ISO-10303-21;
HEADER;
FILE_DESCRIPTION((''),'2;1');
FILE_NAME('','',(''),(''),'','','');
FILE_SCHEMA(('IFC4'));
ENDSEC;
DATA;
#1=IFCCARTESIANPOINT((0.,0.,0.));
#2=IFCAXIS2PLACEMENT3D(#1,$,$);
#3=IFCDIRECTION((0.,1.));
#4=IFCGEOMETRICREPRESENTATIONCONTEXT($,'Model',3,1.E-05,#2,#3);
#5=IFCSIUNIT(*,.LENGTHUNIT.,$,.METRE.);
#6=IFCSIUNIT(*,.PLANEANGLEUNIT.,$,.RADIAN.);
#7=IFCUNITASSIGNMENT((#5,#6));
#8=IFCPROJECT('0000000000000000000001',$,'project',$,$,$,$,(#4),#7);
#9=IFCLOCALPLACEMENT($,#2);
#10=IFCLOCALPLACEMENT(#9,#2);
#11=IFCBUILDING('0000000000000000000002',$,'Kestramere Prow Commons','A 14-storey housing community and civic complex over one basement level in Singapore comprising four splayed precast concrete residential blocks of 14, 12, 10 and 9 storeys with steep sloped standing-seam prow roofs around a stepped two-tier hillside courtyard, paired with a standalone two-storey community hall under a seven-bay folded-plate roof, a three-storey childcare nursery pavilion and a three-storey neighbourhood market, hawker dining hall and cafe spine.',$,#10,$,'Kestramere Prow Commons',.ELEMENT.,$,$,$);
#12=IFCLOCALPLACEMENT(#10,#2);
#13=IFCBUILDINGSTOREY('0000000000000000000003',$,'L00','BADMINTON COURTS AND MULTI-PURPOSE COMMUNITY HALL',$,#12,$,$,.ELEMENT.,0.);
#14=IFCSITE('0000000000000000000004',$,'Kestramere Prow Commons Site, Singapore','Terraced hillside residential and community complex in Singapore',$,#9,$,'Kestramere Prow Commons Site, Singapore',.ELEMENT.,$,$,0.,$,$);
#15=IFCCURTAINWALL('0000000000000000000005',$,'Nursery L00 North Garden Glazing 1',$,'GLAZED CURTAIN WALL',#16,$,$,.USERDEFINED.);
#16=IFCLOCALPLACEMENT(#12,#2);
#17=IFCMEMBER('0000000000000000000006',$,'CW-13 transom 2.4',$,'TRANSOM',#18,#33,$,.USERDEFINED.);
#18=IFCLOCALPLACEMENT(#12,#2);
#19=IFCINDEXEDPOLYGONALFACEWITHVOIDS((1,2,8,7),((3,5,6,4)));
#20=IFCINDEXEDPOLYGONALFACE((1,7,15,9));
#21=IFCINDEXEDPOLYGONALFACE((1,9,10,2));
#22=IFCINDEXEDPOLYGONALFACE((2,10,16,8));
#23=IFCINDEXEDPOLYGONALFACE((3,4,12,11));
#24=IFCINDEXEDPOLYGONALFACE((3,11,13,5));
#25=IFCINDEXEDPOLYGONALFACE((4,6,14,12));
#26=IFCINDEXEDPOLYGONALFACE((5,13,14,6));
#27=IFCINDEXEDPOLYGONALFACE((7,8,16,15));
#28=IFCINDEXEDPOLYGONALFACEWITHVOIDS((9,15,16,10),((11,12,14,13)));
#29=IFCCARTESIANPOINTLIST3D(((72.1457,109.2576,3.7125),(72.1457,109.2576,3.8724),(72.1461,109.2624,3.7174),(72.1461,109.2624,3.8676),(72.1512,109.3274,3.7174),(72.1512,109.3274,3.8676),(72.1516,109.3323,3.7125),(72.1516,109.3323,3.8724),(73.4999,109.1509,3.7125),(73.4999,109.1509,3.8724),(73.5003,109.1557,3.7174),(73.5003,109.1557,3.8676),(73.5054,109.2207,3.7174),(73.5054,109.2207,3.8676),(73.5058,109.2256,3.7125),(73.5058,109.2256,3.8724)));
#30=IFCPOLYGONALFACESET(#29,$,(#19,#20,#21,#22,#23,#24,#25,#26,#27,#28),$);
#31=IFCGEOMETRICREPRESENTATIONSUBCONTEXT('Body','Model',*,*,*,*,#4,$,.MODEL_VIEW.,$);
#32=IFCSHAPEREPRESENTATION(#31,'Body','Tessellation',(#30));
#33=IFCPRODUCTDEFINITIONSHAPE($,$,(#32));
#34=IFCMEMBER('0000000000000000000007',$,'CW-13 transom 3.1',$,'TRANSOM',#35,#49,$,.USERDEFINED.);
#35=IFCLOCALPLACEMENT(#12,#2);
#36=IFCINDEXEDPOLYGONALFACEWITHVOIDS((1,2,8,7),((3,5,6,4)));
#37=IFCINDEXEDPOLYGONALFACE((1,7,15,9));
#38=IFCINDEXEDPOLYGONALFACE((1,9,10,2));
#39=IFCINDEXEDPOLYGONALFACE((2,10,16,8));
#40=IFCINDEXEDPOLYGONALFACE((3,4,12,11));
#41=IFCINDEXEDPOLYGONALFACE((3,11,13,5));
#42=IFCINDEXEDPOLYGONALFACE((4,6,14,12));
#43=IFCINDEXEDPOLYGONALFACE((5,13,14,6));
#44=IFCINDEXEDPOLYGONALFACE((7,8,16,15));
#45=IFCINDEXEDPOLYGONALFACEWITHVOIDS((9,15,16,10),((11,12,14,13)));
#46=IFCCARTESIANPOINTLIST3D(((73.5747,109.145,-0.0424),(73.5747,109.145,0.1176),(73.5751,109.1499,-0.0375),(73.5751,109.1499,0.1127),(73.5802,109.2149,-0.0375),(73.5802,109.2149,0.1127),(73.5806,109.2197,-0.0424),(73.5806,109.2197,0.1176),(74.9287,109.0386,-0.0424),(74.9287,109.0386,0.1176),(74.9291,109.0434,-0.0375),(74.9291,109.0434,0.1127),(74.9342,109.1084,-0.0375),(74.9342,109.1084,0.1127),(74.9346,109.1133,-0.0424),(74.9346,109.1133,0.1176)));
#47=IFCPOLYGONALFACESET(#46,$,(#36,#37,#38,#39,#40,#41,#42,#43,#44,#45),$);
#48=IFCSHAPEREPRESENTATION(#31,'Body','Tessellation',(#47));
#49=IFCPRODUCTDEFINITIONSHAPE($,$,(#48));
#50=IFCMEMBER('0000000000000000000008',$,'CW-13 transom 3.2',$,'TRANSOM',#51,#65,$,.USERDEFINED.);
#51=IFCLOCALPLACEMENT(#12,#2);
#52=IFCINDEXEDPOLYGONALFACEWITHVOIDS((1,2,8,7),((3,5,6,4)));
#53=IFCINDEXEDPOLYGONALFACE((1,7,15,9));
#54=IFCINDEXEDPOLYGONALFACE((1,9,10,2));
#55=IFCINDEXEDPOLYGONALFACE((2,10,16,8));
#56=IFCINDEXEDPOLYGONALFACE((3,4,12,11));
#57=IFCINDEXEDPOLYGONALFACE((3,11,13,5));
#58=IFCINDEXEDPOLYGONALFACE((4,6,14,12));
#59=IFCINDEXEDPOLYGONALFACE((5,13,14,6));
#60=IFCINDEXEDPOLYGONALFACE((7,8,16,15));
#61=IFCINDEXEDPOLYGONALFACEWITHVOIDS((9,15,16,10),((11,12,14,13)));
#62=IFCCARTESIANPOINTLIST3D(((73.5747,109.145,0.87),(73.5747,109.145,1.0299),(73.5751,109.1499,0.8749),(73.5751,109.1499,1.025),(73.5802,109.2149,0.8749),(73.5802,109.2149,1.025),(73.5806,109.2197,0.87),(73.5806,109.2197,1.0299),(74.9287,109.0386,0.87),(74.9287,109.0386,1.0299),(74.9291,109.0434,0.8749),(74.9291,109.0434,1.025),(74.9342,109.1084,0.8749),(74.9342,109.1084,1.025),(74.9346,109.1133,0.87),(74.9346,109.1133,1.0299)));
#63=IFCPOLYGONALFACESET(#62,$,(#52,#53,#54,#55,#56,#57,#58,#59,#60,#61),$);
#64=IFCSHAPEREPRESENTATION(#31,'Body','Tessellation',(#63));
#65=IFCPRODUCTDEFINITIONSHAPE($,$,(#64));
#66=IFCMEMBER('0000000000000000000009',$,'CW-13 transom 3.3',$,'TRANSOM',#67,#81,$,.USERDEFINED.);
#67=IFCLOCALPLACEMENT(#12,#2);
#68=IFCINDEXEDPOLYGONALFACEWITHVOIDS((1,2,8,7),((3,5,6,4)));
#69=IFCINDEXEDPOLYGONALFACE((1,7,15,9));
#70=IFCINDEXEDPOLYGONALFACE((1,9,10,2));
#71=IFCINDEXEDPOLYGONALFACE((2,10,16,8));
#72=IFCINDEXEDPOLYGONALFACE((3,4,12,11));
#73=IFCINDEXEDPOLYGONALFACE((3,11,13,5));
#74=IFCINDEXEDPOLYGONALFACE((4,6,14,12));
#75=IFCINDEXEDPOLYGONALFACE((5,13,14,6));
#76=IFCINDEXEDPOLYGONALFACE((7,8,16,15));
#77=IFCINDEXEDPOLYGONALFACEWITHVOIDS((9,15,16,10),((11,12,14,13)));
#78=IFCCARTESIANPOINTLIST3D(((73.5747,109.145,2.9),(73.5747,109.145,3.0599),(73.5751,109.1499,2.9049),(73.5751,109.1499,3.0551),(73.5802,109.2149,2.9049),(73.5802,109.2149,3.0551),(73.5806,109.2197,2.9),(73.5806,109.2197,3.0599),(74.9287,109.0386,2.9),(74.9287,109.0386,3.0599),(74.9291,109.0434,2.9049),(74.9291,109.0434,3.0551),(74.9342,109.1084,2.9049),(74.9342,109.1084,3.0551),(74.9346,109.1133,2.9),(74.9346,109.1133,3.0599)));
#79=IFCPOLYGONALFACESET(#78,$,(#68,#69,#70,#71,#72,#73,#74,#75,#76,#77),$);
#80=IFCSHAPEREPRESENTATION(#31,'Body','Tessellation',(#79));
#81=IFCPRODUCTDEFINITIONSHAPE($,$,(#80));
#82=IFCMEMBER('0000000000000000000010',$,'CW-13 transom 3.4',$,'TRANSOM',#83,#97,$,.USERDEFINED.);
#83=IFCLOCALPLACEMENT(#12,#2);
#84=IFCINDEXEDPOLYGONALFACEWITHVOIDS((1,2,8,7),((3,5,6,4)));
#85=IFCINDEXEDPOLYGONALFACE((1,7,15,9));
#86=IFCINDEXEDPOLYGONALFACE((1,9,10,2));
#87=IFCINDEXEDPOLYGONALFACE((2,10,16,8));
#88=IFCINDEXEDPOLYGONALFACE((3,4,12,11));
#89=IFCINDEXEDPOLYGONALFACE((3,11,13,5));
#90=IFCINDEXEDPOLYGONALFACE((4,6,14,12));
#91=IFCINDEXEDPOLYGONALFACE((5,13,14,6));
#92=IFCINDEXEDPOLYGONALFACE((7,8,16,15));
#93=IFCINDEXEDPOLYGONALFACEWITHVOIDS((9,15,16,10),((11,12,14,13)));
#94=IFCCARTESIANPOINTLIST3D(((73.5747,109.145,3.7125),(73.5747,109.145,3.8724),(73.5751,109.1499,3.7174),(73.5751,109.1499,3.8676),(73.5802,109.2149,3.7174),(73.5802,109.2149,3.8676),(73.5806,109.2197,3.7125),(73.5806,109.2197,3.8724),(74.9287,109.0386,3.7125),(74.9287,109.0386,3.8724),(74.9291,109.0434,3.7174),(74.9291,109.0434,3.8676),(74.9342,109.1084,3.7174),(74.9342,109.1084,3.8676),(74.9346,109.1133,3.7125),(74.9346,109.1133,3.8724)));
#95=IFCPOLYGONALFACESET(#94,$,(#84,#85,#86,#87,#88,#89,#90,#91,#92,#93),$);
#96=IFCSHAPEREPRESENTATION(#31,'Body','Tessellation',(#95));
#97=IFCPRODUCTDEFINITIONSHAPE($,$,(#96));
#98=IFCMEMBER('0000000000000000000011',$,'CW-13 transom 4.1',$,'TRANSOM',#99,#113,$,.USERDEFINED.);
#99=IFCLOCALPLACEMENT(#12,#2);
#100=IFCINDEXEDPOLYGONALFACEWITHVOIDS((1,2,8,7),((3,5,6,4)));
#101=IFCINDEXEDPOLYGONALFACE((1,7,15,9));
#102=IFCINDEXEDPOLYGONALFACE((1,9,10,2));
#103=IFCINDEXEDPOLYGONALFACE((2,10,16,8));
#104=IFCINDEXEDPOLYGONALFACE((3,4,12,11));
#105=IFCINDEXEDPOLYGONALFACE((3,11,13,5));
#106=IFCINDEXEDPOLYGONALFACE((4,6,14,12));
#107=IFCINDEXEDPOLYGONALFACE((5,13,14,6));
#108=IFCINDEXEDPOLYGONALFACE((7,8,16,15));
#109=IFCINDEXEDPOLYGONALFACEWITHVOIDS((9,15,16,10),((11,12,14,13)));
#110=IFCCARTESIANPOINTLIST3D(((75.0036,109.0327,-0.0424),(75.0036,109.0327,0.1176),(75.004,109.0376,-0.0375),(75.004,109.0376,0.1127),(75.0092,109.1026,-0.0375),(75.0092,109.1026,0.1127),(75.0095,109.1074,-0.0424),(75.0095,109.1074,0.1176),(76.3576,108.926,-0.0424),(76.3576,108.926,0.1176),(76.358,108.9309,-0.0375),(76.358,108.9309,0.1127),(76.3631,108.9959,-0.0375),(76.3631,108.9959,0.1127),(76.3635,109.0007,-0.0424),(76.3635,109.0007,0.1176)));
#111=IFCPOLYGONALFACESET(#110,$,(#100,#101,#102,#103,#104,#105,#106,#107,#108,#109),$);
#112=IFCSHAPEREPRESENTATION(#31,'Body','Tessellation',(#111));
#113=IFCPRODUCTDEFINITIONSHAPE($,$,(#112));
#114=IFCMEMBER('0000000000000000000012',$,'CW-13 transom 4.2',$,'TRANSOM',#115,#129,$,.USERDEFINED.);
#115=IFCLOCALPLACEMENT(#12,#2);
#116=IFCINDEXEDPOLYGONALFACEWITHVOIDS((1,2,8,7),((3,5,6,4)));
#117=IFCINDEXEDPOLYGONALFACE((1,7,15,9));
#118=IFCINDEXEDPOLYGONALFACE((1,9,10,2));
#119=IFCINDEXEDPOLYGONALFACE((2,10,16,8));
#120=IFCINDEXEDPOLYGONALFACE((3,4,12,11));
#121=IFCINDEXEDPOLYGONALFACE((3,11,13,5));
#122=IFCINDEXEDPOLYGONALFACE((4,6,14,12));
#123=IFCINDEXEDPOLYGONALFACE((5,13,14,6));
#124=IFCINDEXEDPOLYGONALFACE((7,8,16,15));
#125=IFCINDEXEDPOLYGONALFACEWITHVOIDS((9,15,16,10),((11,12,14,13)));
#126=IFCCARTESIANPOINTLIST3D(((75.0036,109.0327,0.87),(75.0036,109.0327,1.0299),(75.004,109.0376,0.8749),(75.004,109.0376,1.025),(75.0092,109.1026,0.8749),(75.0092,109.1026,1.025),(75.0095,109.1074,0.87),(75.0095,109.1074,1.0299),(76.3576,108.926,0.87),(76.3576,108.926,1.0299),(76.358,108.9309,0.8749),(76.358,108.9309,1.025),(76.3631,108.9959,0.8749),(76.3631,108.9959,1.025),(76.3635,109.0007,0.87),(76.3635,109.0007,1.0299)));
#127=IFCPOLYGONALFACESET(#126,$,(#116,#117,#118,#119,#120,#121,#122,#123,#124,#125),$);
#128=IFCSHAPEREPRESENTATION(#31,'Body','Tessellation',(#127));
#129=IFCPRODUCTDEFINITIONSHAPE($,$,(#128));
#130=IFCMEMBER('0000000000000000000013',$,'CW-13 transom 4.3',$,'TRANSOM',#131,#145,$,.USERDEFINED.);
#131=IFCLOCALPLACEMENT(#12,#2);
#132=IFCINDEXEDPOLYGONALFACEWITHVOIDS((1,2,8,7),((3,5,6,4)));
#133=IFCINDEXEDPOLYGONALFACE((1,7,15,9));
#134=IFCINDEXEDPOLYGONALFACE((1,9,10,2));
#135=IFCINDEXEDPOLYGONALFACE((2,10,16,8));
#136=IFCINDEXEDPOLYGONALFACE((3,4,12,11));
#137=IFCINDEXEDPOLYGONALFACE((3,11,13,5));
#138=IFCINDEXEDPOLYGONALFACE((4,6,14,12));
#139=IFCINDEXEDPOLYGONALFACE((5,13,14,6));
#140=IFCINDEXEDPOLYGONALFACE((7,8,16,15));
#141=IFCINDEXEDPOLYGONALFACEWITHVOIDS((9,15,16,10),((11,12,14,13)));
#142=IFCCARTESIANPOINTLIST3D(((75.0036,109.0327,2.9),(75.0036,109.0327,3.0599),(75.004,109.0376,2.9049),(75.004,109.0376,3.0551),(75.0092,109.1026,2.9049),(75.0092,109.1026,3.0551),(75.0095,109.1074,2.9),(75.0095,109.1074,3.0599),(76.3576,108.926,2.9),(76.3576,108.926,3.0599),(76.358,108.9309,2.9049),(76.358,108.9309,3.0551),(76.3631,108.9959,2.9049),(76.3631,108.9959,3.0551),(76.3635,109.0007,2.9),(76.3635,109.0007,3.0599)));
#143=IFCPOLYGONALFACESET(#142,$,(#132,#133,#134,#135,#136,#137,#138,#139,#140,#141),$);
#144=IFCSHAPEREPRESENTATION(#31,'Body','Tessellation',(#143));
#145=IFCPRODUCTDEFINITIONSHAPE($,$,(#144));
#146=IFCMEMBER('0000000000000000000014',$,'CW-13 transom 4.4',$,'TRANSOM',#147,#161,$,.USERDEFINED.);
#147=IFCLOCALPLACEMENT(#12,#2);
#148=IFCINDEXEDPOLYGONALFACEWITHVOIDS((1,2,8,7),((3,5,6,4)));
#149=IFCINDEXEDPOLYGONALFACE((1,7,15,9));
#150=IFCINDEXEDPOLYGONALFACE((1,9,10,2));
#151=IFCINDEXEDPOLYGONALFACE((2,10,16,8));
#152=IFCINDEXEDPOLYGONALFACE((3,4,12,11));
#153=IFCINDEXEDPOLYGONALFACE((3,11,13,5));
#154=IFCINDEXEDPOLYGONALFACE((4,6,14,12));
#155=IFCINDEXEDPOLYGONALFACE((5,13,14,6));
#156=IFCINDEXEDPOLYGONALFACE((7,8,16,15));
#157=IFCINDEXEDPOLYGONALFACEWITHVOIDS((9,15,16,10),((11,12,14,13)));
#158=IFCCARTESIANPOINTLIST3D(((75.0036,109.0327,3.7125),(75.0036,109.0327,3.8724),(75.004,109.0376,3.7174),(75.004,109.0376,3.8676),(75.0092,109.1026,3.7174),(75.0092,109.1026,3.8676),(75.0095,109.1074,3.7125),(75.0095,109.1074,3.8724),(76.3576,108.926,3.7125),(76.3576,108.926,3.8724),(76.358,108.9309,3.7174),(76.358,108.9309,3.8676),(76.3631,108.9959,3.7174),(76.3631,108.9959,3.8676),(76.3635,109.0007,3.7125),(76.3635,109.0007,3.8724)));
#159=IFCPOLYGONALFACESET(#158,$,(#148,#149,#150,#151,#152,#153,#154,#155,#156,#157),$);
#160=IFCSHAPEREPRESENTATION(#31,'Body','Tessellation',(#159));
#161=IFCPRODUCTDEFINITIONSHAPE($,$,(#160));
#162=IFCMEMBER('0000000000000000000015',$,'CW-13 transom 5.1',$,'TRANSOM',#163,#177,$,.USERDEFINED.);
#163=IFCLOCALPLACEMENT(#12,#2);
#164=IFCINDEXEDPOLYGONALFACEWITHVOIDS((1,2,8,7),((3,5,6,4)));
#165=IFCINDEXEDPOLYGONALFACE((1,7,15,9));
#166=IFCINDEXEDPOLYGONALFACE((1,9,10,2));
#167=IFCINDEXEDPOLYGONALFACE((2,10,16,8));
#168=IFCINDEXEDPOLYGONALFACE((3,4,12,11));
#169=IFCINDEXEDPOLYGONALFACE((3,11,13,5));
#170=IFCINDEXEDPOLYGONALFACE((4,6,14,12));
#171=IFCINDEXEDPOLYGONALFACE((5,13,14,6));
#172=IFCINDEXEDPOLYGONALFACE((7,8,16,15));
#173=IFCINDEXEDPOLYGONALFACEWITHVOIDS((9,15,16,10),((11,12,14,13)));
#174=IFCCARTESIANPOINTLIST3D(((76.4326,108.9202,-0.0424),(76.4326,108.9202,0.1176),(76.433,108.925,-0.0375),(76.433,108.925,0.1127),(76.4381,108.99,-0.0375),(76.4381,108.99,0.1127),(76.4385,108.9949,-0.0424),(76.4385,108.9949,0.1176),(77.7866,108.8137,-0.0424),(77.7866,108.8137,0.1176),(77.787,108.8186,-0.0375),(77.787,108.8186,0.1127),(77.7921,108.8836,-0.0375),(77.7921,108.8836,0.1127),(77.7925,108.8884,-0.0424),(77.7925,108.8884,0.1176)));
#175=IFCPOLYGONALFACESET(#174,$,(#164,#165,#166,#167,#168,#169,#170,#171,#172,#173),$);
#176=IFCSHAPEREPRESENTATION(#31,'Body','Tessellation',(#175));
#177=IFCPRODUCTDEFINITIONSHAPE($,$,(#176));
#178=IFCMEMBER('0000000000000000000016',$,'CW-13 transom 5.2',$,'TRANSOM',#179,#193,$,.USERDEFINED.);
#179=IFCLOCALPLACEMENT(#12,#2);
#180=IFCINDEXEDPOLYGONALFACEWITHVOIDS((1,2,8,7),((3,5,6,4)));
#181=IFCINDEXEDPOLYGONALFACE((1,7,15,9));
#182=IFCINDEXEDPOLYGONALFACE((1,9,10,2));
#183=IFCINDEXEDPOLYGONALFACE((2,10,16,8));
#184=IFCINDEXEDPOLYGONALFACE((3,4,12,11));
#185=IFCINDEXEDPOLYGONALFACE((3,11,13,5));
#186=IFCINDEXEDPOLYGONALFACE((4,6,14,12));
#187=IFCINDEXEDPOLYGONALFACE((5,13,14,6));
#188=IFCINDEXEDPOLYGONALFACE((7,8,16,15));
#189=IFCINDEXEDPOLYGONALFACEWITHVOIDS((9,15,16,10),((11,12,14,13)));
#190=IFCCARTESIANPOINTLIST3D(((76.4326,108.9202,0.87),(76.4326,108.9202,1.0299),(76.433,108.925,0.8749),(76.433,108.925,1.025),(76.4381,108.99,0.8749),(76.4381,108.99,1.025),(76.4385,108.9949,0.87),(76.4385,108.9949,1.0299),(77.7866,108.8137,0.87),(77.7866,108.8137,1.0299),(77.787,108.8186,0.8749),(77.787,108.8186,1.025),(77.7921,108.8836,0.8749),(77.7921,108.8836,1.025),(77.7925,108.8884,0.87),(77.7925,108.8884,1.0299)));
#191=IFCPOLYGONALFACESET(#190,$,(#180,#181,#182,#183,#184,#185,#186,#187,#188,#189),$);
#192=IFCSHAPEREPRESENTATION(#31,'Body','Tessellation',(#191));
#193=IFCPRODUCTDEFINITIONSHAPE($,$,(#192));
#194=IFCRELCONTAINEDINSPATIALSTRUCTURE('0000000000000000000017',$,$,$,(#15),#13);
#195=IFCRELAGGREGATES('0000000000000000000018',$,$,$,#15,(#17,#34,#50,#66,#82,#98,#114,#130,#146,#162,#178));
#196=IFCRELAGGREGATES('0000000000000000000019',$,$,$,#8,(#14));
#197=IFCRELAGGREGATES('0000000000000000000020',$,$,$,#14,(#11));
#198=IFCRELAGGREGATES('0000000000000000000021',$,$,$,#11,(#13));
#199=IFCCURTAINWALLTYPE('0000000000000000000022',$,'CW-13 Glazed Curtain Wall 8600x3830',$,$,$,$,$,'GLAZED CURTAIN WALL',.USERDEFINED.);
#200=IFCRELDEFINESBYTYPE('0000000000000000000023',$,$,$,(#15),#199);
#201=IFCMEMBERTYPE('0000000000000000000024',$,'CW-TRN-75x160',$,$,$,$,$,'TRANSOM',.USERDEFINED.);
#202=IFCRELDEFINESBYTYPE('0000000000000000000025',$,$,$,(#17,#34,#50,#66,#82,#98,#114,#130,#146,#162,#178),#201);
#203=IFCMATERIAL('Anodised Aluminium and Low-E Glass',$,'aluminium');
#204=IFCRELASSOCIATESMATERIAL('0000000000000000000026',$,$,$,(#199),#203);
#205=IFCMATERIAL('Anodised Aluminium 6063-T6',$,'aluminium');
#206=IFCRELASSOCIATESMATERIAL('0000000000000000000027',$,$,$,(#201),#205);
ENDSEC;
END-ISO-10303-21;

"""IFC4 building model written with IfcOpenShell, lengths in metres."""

from ifc_helpers import new_model, si_unit, direction, frame, origin, origin_2d, place, context, subcontext, project, spatial, hollow_rectangle, extrude, material, material_profile, profile_set, type_object, element, aggregate, save


model = new_model("IFC4")

# Units and contexts
model_context = context("Model", 3, precision=1e-05, world=origin(), true_north=direction((0.0, 1.0)))
body_context = subcontext(model_context, "Body", "Model", "MODEL_VIEW")
ifc_project = project(units=[si_unit("LENGTHUNIT", "METRE"), si_unit("PLANEANGLEUNIT", "RADIAN")], contexts=[model_context])

# Site, building, storey
site_placement = place(None, origin())
site = spatial("IfcSite", under=ifc_project, at=site_placement, Name="Kestramere Prow Commons Site, Singapore", Description="Terraced hillside residential and community complex in Singapore", LongName="Kestramere Prow Commons Site, Singapore", CompositionType="ELEMENT", RefElevation=0.0)
building_placement = place(site_placement, origin())
building = spatial("IfcBuilding", under=site, at=building_placement, Name="Kestramere Prow Commons", Description="A 14-storey housing community and civic complex over one basement level in Singapore comprising four splayed precast concrete residential blocks of 14, 12, 10 and 9 storeys with steep sloped standing-seam prow roofs around a stepped two-tier hillside courtyard, paired with a standalone two-storey community hall under a seven-bay folded-plate roof, a three-storey childcare nursery pavilion and a three-storey neighbourhood market, hawker dining hall and cafe spine.", LongName="Kestramere Prow Commons", CompositionType="ELEMENT")
storey_placement = place(building_placement, origin())
storey = spatial("IfcBuildingStorey", under=building, at=storey_placement, Name="L00", Description="BADMINTON COURTS AND MULTI-PURPOSE COMMUNITY HALL", CompositionType="ELEMENT", Elevation=0.0)

# Curtain wall, members
ifc_material_1 = material(Name="Anodised Aluminium and Low-E Glass", Category="aluminium")
curtain_wall_type = type_object("IfcCurtainWallType", Name="CW-13 Glazed Curtain Wall 8600x3830", ElementType="GLAZED CURTAIN WALL", PredefinedType="USERDEFINED", material=ifc_material_1)
curtain_wall_placement = place(storey_placement, origin())
curtain_wall = element("IfcCurtainWall", 1, at=curtain_wall_placement, inside=storey, type_object=curtain_wall_type, Name="Nursery L00 North Garden Glazing 1", ObjectType="GLAZED CURTAIN WALL", PredefinedType="USERDEFINED")
ifc_material_2 = material(Name="Anodised Aluminium 6063-T6", Category="aluminium")
ifc_material_profile_1 = material_profile(ifc_material_2, hollow_rectangle(XDim=0.075, YDim=0.1599, WallThickness=0.0049, at=origin_2d()), Name="ALU-TRN 75x160")
ifc_profile_set_1 = profile_set([ifc_material_profile_1], Name="Anodised Aluminium 6063-T6")
member_type_1 = type_object("IfcMemberType", Name="CW-TRN-75x160", ElementType="TRANSOM", PredefinedType="USERDEFINED", material=ifc_profile_set_1)
member_1_placement = place(storey_placement, frame((72.1487, 109.2949, 3.7925), z_axis=(0.996911, -0.078538, 0.0), x_axis=(0.078538, 0.996911, 0.0)))
member_1 = element("IfcMember", 2, at=member_1_placement, type_object=member_type_1, Name="CW-13 transom 2.4", ObjectType="TRANSOM", PredefinedType="USERDEFINED", context=body_context, shape_type="SweptSolid", body=[
    extrude(hollow_rectangle(XDim=0.075, YDim=0.1599, WallThickness=0.0049, at=origin_2d()), origin(), (0.0, 0.0, 1.0), 1.3584),
])
member_2_placement = place(storey_placement, frame((73.5776, 109.1824, 0.0376), z_axis=(0.996924, -0.078373, 0.0), x_axis=(0.078373, 0.996924, 0.0)))
member_2 = element("IfcMember", 3, at=member_2_placement, type_object=member_type_1, Name="CW-13 transom 3.1", ObjectType="TRANSOM", PredefinedType="USERDEFINED", context=body_context, shape_type="SweptSolid", body=[
    extrude(hollow_rectangle(XDim=0.075, YDim=0.1599, WallThickness=0.0049, at=origin_2d()), origin(), (0.0, 0.0, 1.0), 1.3582),
])
member_3_placement = place(storey_placement, frame((73.5776, 109.1824, 0.95), z_axis=(0.996924, -0.078373, 0.0), x_axis=(0.078373, 0.996924, 0.0)))
member_3 = element("IfcMember", 4, at=member_3_placement, type_object=member_type_1, Name="CW-13 transom 3.2", ObjectType="TRANSOM", PredefinedType="USERDEFINED", context=body_context, shape_type="SweptSolid", body=[
    extrude(hollow_rectangle(XDim=0.075, YDim=0.1599, WallThickness=0.0049, at=origin_2d()), origin(), (0.0, 0.0, 1.0), 1.3582),
])
member_4_placement = place(storey_placement, frame((73.5776, 109.1824, 2.98), z_axis=(0.996924, -0.078373, 0.0), x_axis=(0.078373, 0.996924, 0.0)))
member_4 = element("IfcMember", 5, at=member_4_placement, type_object=member_type_1, Name="CW-13 transom 3.3", ObjectType="TRANSOM", PredefinedType="USERDEFINED", context=body_context, shape_type="SweptSolid", body=[
    extrude(hollow_rectangle(XDim=0.075, YDim=0.1599, WallThickness=0.0049, at=origin_2d()), origin(), (0.0, 0.0, 1.0), 1.3582),
])
member_5_placement = place(storey_placement, frame((73.5776, 109.1824, 3.7925), z_axis=(0.996924, -0.078373, 0.0), x_axis=(0.078373, 0.996924, 0.0)))
member_5 = element("IfcMember", 6, at=member_5_placement, type_object=member_type_1, Name="CW-13 transom 3.4", ObjectType="TRANSOM", PredefinedType="USERDEFINED", context=body_context, shape_type="SweptSolid", body=[
    extrude(hollow_rectangle(XDim=0.075, YDim=0.1599, WallThickness=0.0049, at=origin_2d()), origin(), (0.0, 0.0, 1.0), 1.3582),
])
member_6_placement = place(storey_placement, frame((75.0066, 109.0701, 0.0376), z_axis=(0.99691, -0.078552, 0.0), x_axis=(0.078552, 0.99691, 0.0)))
member_6 = element("IfcMember", 7, at=member_6_placement, type_object=member_type_1, Name="CW-13 transom 4.1", ObjectType="TRANSOM", PredefinedType="USERDEFINED", context=body_context, shape_type="SweptSolid", body=[
    extrude(hollow_rectangle(XDim=0.075, YDim=0.1599, WallThickness=0.0049, at=origin_2d()), origin(), (0.0, 0.0, 1.0), 1.3582),
])
member_7_placement = place(storey_placement, frame((75.0066, 109.0701, 0.95), z_axis=(0.99691, -0.078552, 0.0), x_axis=(0.078552, 0.99691, 0.0)))
member_7 = element("IfcMember", 8, at=member_7_placement, type_object=member_type_1, Name="CW-13 transom 4.2", ObjectType="TRANSOM", PredefinedType="USERDEFINED", context=body_context, shape_type="SweptSolid", body=[
    extrude(hollow_rectangle(XDim=0.075, YDim=0.1599, WallThickness=0.0049, at=origin_2d()), origin(), (0.0, 0.0, 1.0), 1.3582),
])
member_8_placement = place(storey_placement, frame((75.0066, 109.0701, 2.98), z_axis=(0.99691, -0.078552, 0.0), x_axis=(0.078552, 0.99691, 0.0)))
member_8 = element("IfcMember", 9, at=member_8_placement, type_object=member_type_1, Name="CW-13 transom 4.3", ObjectType="TRANSOM", PredefinedType="USERDEFINED", context=body_context, shape_type="SweptSolid", body=[
    extrude(hollow_rectangle(XDim=0.075, YDim=0.1599, WallThickness=0.0049, at=origin_2d()), origin(), (0.0, 0.0, 1.0), 1.3582),
])
member_9_placement = place(storey_placement, frame((75.0066, 109.0701, 3.7925), z_axis=(0.99691, -0.078552, 0.0), x_axis=(0.078552, 0.99691, 0.0)))
member_9 = element("IfcMember", 10, at=member_9_placement, type_object=member_type_1, Name="CW-13 transom 4.4", ObjectType="TRANSOM", PredefinedType="USERDEFINED", context=body_context, shape_type="SweptSolid", body=[
    extrude(hollow_rectangle(XDim=0.075, YDim=0.1599, WallThickness=0.0049, at=origin_2d()), origin(), (0.0, 0.0, 1.0), 1.3582),
])
member_10_placement = place(storey_placement, frame((76.4355, 108.9575, 0.0376), z_axis=(0.996924, -0.078373, 0.0), x_axis=(0.078373, 0.996924, 0.0)))
member_10 = element("IfcMember", 11, at=member_10_placement, type_object=member_type_1, Name="CW-13 transom 5.1", ObjectType="TRANSOM", PredefinedType="USERDEFINED", context=body_context, shape_type="SweptSolid", body=[
    extrude(hollow_rectangle(XDim=0.075, YDim=0.1599, WallThickness=0.0049, at=origin_2d()), origin(), (0.0, 0.0, 1.0), 1.3582),
])
member_11_placement = place(storey_placement, frame((76.4355, 108.9575, 0.95), z_axis=(0.996924, -0.078373, 0.0), x_axis=(0.078373, 0.996924, 0.0)))
member_11 = element("IfcMember", 12, at=member_11_placement, type_object=member_type_1, Name="CW-13 transom 5.2", ObjectType="TRANSOM", PredefinedType="USERDEFINED", context=body_context, shape_type="SweptSolid", body=[
    extrude(hollow_rectangle(XDim=0.075, YDim=0.1599, WallThickness=0.0049, at=origin_2d()), origin(), (0.0, 0.0, 1.0), 1.3582),
])
aggregate(curtain_wall, [member_1, member_2, member_3, member_4, member_5, member_6, member_7, member_8, member_9, member_10, member_11])

save(model, "model.ifc")
